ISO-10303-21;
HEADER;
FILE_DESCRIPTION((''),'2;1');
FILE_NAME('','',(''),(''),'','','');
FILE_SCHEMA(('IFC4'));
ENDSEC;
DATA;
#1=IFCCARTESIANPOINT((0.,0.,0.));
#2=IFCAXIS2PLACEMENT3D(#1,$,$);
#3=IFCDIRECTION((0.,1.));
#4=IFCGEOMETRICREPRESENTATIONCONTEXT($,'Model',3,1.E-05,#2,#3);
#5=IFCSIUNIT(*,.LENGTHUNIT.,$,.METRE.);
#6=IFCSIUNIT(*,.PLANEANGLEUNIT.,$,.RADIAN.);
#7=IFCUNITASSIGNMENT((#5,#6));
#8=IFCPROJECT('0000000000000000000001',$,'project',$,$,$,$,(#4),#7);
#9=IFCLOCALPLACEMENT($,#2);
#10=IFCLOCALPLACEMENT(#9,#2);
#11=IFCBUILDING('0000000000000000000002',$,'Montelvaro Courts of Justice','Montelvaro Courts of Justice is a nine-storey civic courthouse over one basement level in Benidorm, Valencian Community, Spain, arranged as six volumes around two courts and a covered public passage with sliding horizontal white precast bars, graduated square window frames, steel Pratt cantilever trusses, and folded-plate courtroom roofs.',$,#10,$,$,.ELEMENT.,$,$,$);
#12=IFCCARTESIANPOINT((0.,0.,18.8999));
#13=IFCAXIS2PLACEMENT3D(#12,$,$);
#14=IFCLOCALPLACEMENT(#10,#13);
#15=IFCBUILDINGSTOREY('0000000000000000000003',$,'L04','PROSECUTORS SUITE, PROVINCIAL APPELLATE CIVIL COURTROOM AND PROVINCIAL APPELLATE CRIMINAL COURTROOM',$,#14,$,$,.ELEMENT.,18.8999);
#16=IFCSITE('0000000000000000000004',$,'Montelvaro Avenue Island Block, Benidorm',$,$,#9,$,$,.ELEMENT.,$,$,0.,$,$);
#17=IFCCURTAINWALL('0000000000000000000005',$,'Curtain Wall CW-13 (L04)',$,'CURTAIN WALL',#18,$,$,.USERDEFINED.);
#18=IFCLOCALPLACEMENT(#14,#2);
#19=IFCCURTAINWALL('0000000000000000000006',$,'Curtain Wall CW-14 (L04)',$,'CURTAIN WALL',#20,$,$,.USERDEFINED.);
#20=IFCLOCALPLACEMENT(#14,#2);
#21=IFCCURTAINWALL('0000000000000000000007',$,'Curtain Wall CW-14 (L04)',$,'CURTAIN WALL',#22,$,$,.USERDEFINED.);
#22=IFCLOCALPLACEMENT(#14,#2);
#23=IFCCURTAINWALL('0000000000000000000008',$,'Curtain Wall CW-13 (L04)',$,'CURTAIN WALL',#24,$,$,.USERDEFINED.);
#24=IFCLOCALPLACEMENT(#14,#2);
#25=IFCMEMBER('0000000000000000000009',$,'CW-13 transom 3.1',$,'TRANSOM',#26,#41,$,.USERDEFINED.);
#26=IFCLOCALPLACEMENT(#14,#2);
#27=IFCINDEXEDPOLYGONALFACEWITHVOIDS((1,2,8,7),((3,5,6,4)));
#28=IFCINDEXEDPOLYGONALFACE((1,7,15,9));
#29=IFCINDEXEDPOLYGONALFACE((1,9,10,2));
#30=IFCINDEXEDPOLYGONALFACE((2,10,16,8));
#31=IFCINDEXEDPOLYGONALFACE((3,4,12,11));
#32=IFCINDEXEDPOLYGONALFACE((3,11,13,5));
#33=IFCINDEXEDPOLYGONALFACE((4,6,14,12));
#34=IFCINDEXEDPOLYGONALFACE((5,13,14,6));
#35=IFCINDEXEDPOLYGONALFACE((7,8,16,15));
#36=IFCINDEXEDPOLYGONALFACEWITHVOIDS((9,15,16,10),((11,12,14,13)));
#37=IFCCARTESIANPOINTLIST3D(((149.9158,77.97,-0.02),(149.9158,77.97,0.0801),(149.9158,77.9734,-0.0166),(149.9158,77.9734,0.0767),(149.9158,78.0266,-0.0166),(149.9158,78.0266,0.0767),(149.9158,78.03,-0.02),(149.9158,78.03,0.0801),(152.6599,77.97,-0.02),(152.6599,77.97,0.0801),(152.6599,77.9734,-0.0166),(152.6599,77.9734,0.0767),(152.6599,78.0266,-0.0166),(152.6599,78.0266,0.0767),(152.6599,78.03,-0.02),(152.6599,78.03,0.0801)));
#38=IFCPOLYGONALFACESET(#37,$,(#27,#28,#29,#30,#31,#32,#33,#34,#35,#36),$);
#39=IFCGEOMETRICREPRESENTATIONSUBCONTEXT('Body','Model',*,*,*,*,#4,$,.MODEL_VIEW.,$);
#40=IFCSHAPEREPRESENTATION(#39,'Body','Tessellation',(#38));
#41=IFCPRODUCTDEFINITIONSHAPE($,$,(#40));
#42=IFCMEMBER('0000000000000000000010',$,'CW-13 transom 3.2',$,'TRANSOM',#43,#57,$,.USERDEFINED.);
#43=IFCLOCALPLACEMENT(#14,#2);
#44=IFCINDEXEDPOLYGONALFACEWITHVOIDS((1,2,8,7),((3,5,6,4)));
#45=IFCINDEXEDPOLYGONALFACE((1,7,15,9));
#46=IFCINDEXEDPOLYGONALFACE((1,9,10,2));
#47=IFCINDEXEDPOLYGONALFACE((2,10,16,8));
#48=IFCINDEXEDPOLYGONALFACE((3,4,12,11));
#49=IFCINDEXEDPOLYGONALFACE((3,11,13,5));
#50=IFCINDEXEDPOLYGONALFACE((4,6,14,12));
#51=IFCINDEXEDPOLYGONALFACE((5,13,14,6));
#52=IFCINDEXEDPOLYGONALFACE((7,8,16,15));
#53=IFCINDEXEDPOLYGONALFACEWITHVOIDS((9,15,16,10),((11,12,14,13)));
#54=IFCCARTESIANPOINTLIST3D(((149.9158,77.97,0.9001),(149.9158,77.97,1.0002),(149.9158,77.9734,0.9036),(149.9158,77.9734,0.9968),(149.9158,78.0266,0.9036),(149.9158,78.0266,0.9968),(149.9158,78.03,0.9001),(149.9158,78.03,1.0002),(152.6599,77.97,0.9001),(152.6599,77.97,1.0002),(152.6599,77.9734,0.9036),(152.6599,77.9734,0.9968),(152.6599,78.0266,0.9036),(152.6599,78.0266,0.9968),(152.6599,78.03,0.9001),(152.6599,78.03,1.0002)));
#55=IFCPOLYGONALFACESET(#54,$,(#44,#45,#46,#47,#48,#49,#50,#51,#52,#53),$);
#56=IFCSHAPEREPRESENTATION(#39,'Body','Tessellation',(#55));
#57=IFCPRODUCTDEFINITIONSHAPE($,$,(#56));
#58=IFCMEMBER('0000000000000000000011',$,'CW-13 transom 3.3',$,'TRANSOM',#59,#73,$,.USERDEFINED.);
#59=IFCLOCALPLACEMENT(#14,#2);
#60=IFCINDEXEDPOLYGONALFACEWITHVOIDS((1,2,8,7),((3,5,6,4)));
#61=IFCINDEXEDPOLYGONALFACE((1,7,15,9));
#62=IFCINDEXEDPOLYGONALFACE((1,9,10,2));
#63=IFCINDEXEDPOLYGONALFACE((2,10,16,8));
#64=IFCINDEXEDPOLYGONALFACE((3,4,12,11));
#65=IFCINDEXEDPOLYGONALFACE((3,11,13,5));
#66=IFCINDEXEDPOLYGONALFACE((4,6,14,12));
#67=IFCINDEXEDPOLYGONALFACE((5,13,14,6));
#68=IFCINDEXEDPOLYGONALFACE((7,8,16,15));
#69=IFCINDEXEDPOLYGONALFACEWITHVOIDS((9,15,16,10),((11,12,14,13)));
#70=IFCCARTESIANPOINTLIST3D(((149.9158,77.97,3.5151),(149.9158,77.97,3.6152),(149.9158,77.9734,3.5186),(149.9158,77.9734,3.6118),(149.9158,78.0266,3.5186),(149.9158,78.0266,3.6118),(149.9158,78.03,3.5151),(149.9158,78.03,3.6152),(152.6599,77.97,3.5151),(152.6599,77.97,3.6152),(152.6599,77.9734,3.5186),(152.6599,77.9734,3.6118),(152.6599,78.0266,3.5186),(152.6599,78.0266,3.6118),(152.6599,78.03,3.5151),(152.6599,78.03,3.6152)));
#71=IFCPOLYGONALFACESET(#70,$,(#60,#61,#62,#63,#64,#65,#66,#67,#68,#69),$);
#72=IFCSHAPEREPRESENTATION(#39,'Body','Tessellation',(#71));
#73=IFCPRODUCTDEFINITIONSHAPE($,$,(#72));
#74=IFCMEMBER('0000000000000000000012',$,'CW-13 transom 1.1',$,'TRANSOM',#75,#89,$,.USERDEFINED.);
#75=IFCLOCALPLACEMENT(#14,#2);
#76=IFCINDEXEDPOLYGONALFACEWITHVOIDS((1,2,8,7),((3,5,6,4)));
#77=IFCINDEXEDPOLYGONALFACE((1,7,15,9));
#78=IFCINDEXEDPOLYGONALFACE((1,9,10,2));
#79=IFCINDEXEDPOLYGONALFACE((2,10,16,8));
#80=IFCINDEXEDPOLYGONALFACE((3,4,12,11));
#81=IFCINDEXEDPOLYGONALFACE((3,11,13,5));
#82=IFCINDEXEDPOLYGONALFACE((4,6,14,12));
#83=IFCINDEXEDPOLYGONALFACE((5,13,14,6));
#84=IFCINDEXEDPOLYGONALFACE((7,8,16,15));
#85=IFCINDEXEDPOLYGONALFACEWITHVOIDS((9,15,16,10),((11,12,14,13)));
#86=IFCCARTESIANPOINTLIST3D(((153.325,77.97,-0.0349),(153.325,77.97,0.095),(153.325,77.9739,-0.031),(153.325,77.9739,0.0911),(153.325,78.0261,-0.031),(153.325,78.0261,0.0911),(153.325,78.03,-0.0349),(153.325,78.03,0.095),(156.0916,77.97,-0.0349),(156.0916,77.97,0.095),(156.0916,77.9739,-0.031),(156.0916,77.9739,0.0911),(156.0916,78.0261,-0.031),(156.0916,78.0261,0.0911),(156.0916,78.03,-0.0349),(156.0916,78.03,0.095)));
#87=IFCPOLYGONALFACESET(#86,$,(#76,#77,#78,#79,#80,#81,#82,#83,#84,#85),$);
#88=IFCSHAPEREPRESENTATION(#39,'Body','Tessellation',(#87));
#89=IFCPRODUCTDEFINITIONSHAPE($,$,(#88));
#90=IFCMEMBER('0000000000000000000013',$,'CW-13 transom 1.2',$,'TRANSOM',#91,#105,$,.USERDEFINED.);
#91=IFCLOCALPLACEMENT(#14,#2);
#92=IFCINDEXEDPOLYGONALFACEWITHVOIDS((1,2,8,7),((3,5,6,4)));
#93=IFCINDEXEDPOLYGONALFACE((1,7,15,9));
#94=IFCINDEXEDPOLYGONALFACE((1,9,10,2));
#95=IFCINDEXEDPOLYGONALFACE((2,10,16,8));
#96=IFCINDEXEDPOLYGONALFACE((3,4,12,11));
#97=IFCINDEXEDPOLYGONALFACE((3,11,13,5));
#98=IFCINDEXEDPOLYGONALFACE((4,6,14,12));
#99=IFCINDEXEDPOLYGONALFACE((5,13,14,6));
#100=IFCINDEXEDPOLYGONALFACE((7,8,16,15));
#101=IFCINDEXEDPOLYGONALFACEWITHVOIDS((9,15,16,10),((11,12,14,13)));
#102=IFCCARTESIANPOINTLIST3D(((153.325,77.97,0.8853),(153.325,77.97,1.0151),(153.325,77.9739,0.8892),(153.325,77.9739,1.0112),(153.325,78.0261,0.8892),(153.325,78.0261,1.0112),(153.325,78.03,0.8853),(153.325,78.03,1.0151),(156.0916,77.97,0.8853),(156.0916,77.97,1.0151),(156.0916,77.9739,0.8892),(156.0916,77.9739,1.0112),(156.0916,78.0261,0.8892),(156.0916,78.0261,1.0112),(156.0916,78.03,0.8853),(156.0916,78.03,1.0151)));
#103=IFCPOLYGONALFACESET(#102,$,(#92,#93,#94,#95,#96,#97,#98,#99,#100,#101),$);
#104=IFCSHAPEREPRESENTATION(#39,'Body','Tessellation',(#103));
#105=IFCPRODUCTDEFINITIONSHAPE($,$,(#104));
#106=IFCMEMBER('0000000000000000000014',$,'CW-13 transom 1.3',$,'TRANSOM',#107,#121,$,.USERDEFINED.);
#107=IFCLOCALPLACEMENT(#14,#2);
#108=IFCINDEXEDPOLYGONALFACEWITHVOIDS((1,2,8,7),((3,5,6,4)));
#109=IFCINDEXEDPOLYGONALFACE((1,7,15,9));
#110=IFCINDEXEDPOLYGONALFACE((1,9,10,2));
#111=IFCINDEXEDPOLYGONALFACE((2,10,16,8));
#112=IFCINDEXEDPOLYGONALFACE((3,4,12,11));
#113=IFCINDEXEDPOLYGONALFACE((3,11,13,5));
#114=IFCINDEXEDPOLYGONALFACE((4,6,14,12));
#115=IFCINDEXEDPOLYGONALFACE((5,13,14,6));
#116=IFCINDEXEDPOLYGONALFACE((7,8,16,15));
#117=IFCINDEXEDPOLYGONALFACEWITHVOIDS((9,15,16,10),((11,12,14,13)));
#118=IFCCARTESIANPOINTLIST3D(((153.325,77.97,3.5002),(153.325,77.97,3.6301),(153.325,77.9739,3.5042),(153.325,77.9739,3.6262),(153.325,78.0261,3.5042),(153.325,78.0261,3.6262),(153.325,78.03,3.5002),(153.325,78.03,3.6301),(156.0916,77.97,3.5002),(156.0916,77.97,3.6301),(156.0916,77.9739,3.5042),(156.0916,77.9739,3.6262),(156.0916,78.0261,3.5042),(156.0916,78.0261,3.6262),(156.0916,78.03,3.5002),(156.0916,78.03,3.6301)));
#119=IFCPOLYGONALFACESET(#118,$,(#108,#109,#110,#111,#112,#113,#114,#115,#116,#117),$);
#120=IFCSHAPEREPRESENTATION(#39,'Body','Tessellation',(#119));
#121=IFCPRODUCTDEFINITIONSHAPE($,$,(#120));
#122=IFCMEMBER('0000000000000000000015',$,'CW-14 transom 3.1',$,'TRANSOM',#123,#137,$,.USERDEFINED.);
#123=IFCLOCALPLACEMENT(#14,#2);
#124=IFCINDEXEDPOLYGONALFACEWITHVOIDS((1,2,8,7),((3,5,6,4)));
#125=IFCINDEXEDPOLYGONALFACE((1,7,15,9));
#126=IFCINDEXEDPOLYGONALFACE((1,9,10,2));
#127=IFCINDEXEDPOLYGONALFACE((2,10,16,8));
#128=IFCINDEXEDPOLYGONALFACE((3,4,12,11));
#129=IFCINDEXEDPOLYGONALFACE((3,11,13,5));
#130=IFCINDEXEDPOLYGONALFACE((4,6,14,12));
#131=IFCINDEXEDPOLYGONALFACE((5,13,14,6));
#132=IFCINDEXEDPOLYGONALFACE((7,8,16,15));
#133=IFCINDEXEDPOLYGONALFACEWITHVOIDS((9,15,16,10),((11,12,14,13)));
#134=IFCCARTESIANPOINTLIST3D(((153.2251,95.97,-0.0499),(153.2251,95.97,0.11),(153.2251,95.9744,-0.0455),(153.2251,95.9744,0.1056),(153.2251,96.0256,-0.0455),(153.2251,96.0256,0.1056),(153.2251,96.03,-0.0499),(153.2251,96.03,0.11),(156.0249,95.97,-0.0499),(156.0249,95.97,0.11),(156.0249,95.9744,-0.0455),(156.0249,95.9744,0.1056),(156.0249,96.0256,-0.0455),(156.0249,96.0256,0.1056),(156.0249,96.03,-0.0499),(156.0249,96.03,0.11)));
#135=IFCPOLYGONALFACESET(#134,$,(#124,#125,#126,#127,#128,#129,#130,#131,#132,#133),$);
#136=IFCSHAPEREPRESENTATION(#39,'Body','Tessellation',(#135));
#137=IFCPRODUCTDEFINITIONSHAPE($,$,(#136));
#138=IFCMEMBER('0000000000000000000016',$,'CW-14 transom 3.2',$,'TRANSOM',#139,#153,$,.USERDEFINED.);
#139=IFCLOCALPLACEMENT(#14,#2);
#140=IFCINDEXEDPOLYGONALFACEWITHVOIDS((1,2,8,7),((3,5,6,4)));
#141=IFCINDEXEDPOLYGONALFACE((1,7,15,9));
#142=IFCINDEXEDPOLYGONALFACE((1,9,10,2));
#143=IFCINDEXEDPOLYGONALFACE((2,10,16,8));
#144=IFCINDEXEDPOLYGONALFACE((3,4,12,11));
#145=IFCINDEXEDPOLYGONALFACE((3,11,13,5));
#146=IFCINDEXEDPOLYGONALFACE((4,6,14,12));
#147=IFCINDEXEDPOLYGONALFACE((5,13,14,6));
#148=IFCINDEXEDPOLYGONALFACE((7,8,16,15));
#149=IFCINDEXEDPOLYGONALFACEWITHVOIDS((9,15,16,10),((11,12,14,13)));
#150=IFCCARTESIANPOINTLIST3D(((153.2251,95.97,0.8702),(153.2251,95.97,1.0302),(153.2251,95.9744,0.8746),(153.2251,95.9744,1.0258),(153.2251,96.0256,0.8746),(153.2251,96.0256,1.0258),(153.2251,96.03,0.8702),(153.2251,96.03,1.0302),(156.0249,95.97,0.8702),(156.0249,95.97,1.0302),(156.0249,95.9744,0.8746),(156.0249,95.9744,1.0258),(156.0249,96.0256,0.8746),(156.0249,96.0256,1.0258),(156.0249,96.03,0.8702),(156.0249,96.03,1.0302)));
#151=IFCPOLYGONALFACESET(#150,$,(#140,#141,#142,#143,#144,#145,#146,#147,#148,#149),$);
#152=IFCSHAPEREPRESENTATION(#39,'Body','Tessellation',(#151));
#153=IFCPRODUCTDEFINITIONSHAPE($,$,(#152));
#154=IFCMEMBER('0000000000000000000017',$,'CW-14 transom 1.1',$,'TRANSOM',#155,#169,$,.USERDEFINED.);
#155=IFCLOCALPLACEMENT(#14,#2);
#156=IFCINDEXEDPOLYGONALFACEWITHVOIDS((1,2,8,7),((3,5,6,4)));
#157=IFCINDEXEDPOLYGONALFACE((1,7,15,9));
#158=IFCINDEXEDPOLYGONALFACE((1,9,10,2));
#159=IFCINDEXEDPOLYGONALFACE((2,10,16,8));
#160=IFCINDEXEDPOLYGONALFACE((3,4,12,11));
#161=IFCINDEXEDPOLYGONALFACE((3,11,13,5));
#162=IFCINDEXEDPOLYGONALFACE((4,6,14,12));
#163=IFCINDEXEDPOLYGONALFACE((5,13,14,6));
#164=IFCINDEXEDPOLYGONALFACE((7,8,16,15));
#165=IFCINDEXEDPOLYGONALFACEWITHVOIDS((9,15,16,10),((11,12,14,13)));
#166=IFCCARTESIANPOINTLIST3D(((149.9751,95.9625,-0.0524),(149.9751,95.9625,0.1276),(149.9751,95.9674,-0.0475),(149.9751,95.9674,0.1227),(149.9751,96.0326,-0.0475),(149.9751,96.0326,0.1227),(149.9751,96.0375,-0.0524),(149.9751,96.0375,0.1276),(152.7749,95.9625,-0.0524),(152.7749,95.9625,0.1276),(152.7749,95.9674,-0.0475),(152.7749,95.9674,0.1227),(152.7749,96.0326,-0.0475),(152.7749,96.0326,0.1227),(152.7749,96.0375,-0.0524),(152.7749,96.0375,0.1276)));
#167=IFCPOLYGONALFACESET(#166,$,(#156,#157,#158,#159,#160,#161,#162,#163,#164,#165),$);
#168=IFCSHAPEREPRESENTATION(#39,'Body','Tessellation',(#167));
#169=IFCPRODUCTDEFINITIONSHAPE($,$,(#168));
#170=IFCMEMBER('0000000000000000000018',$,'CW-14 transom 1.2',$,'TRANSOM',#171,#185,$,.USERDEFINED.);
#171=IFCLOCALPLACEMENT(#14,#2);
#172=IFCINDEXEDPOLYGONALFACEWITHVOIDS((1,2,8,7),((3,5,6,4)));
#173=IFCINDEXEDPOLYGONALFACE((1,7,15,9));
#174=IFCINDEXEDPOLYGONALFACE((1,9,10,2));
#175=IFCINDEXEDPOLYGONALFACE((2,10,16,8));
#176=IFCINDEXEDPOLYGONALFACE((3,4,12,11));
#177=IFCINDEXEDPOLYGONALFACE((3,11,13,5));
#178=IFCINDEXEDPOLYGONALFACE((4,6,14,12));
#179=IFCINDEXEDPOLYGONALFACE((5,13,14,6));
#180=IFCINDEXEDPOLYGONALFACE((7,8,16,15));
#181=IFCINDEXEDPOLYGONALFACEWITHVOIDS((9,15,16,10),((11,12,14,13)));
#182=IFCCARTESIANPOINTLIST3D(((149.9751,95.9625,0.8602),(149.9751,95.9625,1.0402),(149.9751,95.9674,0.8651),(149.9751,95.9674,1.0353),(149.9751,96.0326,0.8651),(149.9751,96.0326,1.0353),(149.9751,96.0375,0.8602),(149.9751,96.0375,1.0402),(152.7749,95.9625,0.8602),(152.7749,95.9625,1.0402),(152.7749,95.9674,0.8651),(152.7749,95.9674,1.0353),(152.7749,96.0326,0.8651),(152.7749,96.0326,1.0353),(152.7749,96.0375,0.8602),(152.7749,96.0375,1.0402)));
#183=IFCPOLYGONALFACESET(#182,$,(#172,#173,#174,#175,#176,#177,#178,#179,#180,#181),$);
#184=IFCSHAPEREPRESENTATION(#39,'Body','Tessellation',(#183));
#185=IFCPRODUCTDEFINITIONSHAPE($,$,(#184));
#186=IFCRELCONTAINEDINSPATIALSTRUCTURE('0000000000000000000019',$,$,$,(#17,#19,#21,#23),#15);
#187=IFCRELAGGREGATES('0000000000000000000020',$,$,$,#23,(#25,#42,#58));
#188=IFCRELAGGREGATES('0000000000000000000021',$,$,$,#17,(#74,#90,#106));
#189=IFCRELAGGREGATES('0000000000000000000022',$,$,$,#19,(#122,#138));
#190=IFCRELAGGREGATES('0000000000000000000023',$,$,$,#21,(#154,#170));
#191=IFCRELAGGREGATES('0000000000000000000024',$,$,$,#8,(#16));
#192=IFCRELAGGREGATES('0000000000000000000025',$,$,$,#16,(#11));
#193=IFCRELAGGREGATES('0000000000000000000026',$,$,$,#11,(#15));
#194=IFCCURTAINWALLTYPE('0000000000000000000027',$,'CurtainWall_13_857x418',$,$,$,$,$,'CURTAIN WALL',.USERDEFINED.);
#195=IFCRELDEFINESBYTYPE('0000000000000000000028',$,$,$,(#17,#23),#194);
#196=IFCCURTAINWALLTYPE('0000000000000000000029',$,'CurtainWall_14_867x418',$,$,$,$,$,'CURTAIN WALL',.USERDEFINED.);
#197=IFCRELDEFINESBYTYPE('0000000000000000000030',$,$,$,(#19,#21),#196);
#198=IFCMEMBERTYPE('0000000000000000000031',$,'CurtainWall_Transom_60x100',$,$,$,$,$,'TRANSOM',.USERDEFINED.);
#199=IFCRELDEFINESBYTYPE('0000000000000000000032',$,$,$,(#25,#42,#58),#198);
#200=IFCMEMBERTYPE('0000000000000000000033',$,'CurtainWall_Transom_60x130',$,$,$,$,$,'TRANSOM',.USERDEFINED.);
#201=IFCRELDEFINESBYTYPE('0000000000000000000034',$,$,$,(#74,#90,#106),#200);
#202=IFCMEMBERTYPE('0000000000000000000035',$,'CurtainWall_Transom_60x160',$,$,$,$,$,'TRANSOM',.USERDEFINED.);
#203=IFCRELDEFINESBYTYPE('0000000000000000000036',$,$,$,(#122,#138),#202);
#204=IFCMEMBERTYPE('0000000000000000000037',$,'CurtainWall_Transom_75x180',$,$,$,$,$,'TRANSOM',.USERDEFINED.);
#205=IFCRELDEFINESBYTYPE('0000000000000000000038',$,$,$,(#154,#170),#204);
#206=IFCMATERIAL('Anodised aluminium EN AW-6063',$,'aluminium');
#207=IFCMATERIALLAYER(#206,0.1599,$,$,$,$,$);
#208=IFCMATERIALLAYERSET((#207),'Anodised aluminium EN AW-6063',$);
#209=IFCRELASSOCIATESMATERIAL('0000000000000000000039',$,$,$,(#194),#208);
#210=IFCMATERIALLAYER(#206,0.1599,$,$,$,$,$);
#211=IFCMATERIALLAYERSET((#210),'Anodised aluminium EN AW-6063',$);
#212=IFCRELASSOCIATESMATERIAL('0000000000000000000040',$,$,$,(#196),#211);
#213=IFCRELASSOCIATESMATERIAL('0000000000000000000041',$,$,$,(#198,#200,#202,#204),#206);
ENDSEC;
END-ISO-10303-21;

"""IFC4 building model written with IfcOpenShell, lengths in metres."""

from ifc_helpers import new_model, si_unit, direction, frame, origin, origin_2d, place, context, subcontext, project, spatial, hollow_rectangle, extrude, material, layer, layer_set, material_profile, profile_set, type_object, element, aggregate, save


model = new_model("IFC4")

# Units and contexts
model_context = context("Model", 3, precision=1e-05, world=origin(), true_north=direction((0.0, 1.0)))
body_context = subcontext(model_context, "Body", "Model", "MODEL_VIEW")
ifc_project = project(units=[si_unit("LENGTHUNIT", "METRE"), si_unit("PLANEANGLEUNIT", "RADIAN")], contexts=[model_context])

# Site, building, storey
site_placement = place(None, origin())
site = spatial("IfcSite", under=ifc_project, at=site_placement, Name="Montelvaro Avenue Island Block, Benidorm", CompositionType="ELEMENT", RefElevation=0.0)
building_placement = place(site_placement, origin())
building = spatial("IfcBuilding", under=site, at=building_placement, Name="Montelvaro Courts of Justice", Description="Montelvaro Courts of Justice is a nine-storey civic courthouse over one basement level in Benidorm, Valencian Community, Spain, arranged as six volumes around two courts and a covered public passage with sliding horizontal white precast bars, graduated square window frames, steel Pratt cantilever trusses, and folded-plate courtroom roofs.", CompositionType="ELEMENT")
storey_placement = place(building_placement, frame((0.0, 0.0, 18.8999)))
storey = spatial("IfcBuildingStorey", under=building, at=storey_placement, Name="L04", Description="PROSECUTORS SUITE, PROVINCIAL APPELLATE CIVIL COURTROOM AND PROVINCIAL APPELLATE CRIMINAL COURTROOM", CompositionType="ELEMENT", Elevation=18.8999)

# Curtain walls
ifc_material_1 = material(Name="Anodised aluminium EN AW-6063", Category="aluminium")
ifc_layer_1 = layer(ifc_material_1, 0.1599)
ifc_layer_set_1 = layer_set([ifc_layer_1], Name="Anodised aluminium EN AW-6063")
curtain_wall_type_1 = type_object("IfcCurtainWallType", Name="CurtainWall_13_857x418", ElementType="CURTAIN WALL", PredefinedType="USERDEFINED", material=ifc_layer_set_1)
curtain_wall_1_placement = place(storey_placement, origin())
curtain_wall_1 = element("IfcCurtainWall", 1, at=curtain_wall_1_placement, inside=storey, type_object=curtain_wall_type_1, Name="Curtain Wall CW-13 (L04)", ObjectType="CURTAIN WALL", PredefinedType="USERDEFINED")
ifc_layer_2 = layer(ifc_material_1, 0.1599)
ifc_layer_set_2 = layer_set([ifc_layer_2], Name="Anodised aluminium EN AW-6063")
curtain_wall_type_2 = type_object("IfcCurtainWallType", Name="CurtainWall_14_867x418", ElementType="CURTAIN WALL", PredefinedType="USERDEFINED", material=ifc_layer_set_2)
curtain_wall_2_placement = place(storey_placement, origin())
curtain_wall_2 = element("IfcCurtainWall", 2, at=curtain_wall_2_placement, inside=storey, type_object=curtain_wall_type_2, Name="Curtain Wall CW-14 (L04)", ObjectType="CURTAIN WALL", PredefinedType="USERDEFINED")

# Curtain walls, members
curtain_wall_3_placement = place(storey_placement, origin())
curtain_wall_3 = element("IfcCurtainWall", 3, at=curtain_wall_3_placement, inside=storey, type_object=curtain_wall_type_2, Name="Curtain Wall CW-14 (L04)", ObjectType="CURTAIN WALL", PredefinedType="USERDEFINED")
curtain_wall_4_placement = place(storey_placement, origin())
curtain_wall_4 = element("IfcCurtainWall", 4, at=curtain_wall_4_placement, inside=storey, type_object=curtain_wall_type_1, Name="Curtain Wall CW-13 (L04)", ObjectType="CURTAIN WALL", PredefinedType="USERDEFINED")
ifc_material_profile_1 = material_profile(ifc_material_1, hollow_rectangle(XDim=0.0601, YDim=0.1001, WallThickness=0.0034, at=origin_2d()), Name="ALU-T 60x100")
ifc_profile_set_1 = profile_set([ifc_material_profile_1], Name="Anodised aluminium EN AW-6063")
member_type_1 = type_object("IfcMemberType", Name="CurtainWall_Transom_60x100", ElementType="TRANSOM", PredefinedType="USERDEFINED", material=ifc_profile_set_1)
member_1_placement = place(storey_placement, frame((149.9158, 78.0, 0.03), z_axis=(1.0, 0.0, 0.0), x_axis=(0.0, 1.0, 0.0)))
member_1 = element("IfcMember", 5, at=member_1_placement, type_object=member_type_1, Name="CW-13 transom 3.1", ObjectType="TRANSOM", PredefinedType="USERDEFINED", context=body_context, shape_type="SweptSolid", body=[
    extrude(hollow_rectangle(XDim=0.0601, YDim=0.1001, WallThickness=0.0034, at=origin_2d()), origin(), (0.0, 0.0, 1.0), 2.7441),
])
member_2_placement = place(storey_placement, frame((149.9158, 78.0, 0.9502), z_axis=(1.0, 0.0, 0.0), x_axis=(0.0, 1.0, 0.0)))
member_2 = element("IfcMember", 6, at=member_2_placement, type_object=member_type_1, Name="CW-13 transom 3.2", ObjectType="TRANSOM", PredefinedType="USERDEFINED", context=body_context, shape_type="SweptSolid", body=[
    extrude(hollow_rectangle(XDim=0.0601, YDim=0.1001, WallThickness=0.0034, at=origin_2d()), origin(), (0.0, 0.0, 1.0), 2.7441),
])
member_3_placement = place(storey_placement, frame((149.9158, 78.0, 3.5652), z_axis=(1.0, 0.0, 0.0), x_axis=(0.0, 1.0, 0.0)))
member_3 = element("IfcMember", 7, at=member_3_placement, type_object=member_type_1, Name="CW-13 transom 3.3", ObjectType="TRANSOM", PredefinedType="USERDEFINED", context=body_context, shape_type="SweptSolid", body=[
    extrude(hollow_rectangle(XDim=0.0601, YDim=0.1001, WallThickness=0.0034, at=origin_2d()), origin(), (0.0, 0.0, 1.0), 2.7441),
])

# Members
ifc_material_profile_2 = material_profile(ifc_material_1, hollow_rectangle(XDim=0.0601, YDim=0.1299, WallThickness=0.0039, at=origin_2d()), Name="ALU-T 60x130")
ifc_profile_set_2 = profile_set([ifc_material_profile_2], Name="Anodised aluminium EN AW-6063")
member_type_2 = type_object("IfcMemberType", Name="CurtainWall_Transom_60x130", ElementType="TRANSOM", PredefinedType="USERDEFINED", material=ifc_profile_set_2)
member_4_placement = place(storey_placement, frame((153.325, 78.0, 0.03), z_axis=(1.0, 0.0, 0.0), x_axis=(0.0, 1.0, 0.0)))
member_4 = element("IfcMember", 8, at=member_4_placement, type_object=member_type_2, Name="CW-13 transom 1.1", ObjectType="TRANSOM", PredefinedType="USERDEFINED", context=body_context, shape_type="SweptSolid", body=[
    extrude(hollow_rectangle(XDim=0.0601, YDim=0.1299, WallThickness=0.0039, at=origin_2d()), origin(), (0.0, 0.0, 1.0), 2.7666),
])
member_5_placement = place(storey_placement, frame((153.325, 78.0, 0.9502), z_axis=(1.0, 0.0, 0.0), x_axis=(0.0, 1.0, 0.0)))
member_5 = element("IfcMember", 9, at=member_5_placement, type_object=member_type_2, Name="CW-13 transom 1.2", ObjectType="TRANSOM", PredefinedType="USERDEFINED", context=body_context, shape_type="SweptSolid", body=[
    extrude(hollow_rectangle(XDim=0.0601, YDim=0.1299, WallThickness=0.0039, at=origin_2d()), origin(), (0.0, 0.0, 1.0), 2.7666),
])
member_6_placement = place(storey_placement, frame((153.325, 78.0, 3.5652), z_axis=(1.0, 0.0, 0.0), x_axis=(0.0, 1.0, 0.0)))
member_6 = element("IfcMember", 10, at=member_6_placement, type_object=member_type_2, Name="CW-13 transom 1.3", ObjectType="TRANSOM", PredefinedType="USERDEFINED", context=body_context, shape_type="SweptSolid", body=[
    extrude(hollow_rectangle(XDim=0.0601, YDim=0.1299, WallThickness=0.0039, at=origin_2d()), origin(), (0.0, 0.0, 1.0), 2.7666),
])
ifc_material_profile_3 = material_profile(ifc_material_1, hollow_rectangle(XDim=0.0601, YDim=0.1599, WallThickness=0.0044, at=origin_2d()), Name="ALU-T 60x160")
ifc_profile_set_3 = profile_set([ifc_material_profile_3], Name="Anodised aluminium EN AW-6063")
member_type_3 = type_object("IfcMemberType", Name="CurtainWall_Transom_60x160", ElementType="TRANSOM", PredefinedType="USERDEFINED", material=ifc_profile_set_3)
member_7_placement = place(storey_placement, frame((156.0249, 96.0, 0.03), z_axis=(-1.0, 0.0, 0.0), x_axis=(0.0, -1.0, 0.0)))
member_7 = element("IfcMember", 11, at=member_7_placement, type_object=member_type_3, Name="CW-14 transom 3.1", ObjectType="TRANSOM", PredefinedType="USERDEFINED", context=body_context, shape_type="SweptSolid", body=[
    extrude(hollow_rectangle(XDim=0.0601, YDim=0.1599, WallThickness=0.0044, at=origin_2d()), origin(), (0.0, 0.0, 1.0), 2.7998),
])
member_8_placement = place(storey_placement, frame((156.0249, 96.0, 0.9502), z_axis=(-1.0, 0.0, 0.0), x_axis=(0.0, -1.0, 0.0)))
member_8 = element("IfcMember", 12, at=member_8_placement, type_object=member_type_3, Name="CW-14 transom 3.2", ObjectType="TRANSOM", PredefinedType="USERDEFINED", context=body_context, shape_type="SweptSolid", body=[
    extrude(hollow_rectangle(XDim=0.0601, YDim=0.1599, WallThickness=0.0044, at=origin_2d()), origin(), (0.0, 0.0, 1.0), 2.7998),
])
ifc_material_profile_4 = material_profile(ifc_material_1, hollow_rectangle(XDim=0.075, YDim=0.1799, WallThickness=0.0049, at=origin_2d()), Name="ALU-T 75x180")
ifc_profile_set_4 = profile_set([ifc_material_profile_4], Name="Anodised aluminium EN AW-6063")
member_type_4 = type_object("IfcMemberType", Name="CurtainWall_Transom_75x180", ElementType="TRANSOM", PredefinedType="USERDEFINED", material=ifc_profile_set_4)
member_9_placement = place(storey_placement, frame((152.7749, 96.0, 0.0376), z_axis=(-1.0, 0.0, 0.0), x_axis=(0.0, -1.0, 0.0)))
member_9 = element("IfcMember", 13, at=member_9_placement, type_object=member_type_4, Name="CW-14 transom 1.1", ObjectType="TRANSOM", PredefinedType="USERDEFINED", context=body_context, shape_type="SweptSolid", body=[
    extrude(hollow_rectangle(XDim=0.075, YDim=0.1799, WallThickness=0.0049, at=origin_2d()), origin(), (0.0, 0.0, 1.0), 2.7998),
])
member_10_placement = place(storey_placement, frame((152.7749, 96.0, 0.9502), z_axis=(-1.0, 0.0, 0.0), x_axis=(0.0, -1.0, 0.0)))
member_10 = element("IfcMember", 14, at=member_10_placement, type_object=member_type_4, Name="CW-14 transom 1.2", ObjectType="TRANSOM", PredefinedType="USERDEFINED", context=body_context, shape_type="SweptSolid", body=[
    extrude(hollow_rectangle(XDim=0.075, YDim=0.1799, WallThickness=0.0049, at=origin_2d()), origin(), (0.0, 0.0, 1.0), 2.7998),
])

aggregate(curtain_wall_4, [member_1, member_2, member_3])
aggregate(curtain_wall_1, [member_4, member_5, member_6])
aggregate(curtain_wall_2, [member_7, member_8])
aggregate(curtain_wall_3, [member_9, member_10])

save(model, "model.ifc")
